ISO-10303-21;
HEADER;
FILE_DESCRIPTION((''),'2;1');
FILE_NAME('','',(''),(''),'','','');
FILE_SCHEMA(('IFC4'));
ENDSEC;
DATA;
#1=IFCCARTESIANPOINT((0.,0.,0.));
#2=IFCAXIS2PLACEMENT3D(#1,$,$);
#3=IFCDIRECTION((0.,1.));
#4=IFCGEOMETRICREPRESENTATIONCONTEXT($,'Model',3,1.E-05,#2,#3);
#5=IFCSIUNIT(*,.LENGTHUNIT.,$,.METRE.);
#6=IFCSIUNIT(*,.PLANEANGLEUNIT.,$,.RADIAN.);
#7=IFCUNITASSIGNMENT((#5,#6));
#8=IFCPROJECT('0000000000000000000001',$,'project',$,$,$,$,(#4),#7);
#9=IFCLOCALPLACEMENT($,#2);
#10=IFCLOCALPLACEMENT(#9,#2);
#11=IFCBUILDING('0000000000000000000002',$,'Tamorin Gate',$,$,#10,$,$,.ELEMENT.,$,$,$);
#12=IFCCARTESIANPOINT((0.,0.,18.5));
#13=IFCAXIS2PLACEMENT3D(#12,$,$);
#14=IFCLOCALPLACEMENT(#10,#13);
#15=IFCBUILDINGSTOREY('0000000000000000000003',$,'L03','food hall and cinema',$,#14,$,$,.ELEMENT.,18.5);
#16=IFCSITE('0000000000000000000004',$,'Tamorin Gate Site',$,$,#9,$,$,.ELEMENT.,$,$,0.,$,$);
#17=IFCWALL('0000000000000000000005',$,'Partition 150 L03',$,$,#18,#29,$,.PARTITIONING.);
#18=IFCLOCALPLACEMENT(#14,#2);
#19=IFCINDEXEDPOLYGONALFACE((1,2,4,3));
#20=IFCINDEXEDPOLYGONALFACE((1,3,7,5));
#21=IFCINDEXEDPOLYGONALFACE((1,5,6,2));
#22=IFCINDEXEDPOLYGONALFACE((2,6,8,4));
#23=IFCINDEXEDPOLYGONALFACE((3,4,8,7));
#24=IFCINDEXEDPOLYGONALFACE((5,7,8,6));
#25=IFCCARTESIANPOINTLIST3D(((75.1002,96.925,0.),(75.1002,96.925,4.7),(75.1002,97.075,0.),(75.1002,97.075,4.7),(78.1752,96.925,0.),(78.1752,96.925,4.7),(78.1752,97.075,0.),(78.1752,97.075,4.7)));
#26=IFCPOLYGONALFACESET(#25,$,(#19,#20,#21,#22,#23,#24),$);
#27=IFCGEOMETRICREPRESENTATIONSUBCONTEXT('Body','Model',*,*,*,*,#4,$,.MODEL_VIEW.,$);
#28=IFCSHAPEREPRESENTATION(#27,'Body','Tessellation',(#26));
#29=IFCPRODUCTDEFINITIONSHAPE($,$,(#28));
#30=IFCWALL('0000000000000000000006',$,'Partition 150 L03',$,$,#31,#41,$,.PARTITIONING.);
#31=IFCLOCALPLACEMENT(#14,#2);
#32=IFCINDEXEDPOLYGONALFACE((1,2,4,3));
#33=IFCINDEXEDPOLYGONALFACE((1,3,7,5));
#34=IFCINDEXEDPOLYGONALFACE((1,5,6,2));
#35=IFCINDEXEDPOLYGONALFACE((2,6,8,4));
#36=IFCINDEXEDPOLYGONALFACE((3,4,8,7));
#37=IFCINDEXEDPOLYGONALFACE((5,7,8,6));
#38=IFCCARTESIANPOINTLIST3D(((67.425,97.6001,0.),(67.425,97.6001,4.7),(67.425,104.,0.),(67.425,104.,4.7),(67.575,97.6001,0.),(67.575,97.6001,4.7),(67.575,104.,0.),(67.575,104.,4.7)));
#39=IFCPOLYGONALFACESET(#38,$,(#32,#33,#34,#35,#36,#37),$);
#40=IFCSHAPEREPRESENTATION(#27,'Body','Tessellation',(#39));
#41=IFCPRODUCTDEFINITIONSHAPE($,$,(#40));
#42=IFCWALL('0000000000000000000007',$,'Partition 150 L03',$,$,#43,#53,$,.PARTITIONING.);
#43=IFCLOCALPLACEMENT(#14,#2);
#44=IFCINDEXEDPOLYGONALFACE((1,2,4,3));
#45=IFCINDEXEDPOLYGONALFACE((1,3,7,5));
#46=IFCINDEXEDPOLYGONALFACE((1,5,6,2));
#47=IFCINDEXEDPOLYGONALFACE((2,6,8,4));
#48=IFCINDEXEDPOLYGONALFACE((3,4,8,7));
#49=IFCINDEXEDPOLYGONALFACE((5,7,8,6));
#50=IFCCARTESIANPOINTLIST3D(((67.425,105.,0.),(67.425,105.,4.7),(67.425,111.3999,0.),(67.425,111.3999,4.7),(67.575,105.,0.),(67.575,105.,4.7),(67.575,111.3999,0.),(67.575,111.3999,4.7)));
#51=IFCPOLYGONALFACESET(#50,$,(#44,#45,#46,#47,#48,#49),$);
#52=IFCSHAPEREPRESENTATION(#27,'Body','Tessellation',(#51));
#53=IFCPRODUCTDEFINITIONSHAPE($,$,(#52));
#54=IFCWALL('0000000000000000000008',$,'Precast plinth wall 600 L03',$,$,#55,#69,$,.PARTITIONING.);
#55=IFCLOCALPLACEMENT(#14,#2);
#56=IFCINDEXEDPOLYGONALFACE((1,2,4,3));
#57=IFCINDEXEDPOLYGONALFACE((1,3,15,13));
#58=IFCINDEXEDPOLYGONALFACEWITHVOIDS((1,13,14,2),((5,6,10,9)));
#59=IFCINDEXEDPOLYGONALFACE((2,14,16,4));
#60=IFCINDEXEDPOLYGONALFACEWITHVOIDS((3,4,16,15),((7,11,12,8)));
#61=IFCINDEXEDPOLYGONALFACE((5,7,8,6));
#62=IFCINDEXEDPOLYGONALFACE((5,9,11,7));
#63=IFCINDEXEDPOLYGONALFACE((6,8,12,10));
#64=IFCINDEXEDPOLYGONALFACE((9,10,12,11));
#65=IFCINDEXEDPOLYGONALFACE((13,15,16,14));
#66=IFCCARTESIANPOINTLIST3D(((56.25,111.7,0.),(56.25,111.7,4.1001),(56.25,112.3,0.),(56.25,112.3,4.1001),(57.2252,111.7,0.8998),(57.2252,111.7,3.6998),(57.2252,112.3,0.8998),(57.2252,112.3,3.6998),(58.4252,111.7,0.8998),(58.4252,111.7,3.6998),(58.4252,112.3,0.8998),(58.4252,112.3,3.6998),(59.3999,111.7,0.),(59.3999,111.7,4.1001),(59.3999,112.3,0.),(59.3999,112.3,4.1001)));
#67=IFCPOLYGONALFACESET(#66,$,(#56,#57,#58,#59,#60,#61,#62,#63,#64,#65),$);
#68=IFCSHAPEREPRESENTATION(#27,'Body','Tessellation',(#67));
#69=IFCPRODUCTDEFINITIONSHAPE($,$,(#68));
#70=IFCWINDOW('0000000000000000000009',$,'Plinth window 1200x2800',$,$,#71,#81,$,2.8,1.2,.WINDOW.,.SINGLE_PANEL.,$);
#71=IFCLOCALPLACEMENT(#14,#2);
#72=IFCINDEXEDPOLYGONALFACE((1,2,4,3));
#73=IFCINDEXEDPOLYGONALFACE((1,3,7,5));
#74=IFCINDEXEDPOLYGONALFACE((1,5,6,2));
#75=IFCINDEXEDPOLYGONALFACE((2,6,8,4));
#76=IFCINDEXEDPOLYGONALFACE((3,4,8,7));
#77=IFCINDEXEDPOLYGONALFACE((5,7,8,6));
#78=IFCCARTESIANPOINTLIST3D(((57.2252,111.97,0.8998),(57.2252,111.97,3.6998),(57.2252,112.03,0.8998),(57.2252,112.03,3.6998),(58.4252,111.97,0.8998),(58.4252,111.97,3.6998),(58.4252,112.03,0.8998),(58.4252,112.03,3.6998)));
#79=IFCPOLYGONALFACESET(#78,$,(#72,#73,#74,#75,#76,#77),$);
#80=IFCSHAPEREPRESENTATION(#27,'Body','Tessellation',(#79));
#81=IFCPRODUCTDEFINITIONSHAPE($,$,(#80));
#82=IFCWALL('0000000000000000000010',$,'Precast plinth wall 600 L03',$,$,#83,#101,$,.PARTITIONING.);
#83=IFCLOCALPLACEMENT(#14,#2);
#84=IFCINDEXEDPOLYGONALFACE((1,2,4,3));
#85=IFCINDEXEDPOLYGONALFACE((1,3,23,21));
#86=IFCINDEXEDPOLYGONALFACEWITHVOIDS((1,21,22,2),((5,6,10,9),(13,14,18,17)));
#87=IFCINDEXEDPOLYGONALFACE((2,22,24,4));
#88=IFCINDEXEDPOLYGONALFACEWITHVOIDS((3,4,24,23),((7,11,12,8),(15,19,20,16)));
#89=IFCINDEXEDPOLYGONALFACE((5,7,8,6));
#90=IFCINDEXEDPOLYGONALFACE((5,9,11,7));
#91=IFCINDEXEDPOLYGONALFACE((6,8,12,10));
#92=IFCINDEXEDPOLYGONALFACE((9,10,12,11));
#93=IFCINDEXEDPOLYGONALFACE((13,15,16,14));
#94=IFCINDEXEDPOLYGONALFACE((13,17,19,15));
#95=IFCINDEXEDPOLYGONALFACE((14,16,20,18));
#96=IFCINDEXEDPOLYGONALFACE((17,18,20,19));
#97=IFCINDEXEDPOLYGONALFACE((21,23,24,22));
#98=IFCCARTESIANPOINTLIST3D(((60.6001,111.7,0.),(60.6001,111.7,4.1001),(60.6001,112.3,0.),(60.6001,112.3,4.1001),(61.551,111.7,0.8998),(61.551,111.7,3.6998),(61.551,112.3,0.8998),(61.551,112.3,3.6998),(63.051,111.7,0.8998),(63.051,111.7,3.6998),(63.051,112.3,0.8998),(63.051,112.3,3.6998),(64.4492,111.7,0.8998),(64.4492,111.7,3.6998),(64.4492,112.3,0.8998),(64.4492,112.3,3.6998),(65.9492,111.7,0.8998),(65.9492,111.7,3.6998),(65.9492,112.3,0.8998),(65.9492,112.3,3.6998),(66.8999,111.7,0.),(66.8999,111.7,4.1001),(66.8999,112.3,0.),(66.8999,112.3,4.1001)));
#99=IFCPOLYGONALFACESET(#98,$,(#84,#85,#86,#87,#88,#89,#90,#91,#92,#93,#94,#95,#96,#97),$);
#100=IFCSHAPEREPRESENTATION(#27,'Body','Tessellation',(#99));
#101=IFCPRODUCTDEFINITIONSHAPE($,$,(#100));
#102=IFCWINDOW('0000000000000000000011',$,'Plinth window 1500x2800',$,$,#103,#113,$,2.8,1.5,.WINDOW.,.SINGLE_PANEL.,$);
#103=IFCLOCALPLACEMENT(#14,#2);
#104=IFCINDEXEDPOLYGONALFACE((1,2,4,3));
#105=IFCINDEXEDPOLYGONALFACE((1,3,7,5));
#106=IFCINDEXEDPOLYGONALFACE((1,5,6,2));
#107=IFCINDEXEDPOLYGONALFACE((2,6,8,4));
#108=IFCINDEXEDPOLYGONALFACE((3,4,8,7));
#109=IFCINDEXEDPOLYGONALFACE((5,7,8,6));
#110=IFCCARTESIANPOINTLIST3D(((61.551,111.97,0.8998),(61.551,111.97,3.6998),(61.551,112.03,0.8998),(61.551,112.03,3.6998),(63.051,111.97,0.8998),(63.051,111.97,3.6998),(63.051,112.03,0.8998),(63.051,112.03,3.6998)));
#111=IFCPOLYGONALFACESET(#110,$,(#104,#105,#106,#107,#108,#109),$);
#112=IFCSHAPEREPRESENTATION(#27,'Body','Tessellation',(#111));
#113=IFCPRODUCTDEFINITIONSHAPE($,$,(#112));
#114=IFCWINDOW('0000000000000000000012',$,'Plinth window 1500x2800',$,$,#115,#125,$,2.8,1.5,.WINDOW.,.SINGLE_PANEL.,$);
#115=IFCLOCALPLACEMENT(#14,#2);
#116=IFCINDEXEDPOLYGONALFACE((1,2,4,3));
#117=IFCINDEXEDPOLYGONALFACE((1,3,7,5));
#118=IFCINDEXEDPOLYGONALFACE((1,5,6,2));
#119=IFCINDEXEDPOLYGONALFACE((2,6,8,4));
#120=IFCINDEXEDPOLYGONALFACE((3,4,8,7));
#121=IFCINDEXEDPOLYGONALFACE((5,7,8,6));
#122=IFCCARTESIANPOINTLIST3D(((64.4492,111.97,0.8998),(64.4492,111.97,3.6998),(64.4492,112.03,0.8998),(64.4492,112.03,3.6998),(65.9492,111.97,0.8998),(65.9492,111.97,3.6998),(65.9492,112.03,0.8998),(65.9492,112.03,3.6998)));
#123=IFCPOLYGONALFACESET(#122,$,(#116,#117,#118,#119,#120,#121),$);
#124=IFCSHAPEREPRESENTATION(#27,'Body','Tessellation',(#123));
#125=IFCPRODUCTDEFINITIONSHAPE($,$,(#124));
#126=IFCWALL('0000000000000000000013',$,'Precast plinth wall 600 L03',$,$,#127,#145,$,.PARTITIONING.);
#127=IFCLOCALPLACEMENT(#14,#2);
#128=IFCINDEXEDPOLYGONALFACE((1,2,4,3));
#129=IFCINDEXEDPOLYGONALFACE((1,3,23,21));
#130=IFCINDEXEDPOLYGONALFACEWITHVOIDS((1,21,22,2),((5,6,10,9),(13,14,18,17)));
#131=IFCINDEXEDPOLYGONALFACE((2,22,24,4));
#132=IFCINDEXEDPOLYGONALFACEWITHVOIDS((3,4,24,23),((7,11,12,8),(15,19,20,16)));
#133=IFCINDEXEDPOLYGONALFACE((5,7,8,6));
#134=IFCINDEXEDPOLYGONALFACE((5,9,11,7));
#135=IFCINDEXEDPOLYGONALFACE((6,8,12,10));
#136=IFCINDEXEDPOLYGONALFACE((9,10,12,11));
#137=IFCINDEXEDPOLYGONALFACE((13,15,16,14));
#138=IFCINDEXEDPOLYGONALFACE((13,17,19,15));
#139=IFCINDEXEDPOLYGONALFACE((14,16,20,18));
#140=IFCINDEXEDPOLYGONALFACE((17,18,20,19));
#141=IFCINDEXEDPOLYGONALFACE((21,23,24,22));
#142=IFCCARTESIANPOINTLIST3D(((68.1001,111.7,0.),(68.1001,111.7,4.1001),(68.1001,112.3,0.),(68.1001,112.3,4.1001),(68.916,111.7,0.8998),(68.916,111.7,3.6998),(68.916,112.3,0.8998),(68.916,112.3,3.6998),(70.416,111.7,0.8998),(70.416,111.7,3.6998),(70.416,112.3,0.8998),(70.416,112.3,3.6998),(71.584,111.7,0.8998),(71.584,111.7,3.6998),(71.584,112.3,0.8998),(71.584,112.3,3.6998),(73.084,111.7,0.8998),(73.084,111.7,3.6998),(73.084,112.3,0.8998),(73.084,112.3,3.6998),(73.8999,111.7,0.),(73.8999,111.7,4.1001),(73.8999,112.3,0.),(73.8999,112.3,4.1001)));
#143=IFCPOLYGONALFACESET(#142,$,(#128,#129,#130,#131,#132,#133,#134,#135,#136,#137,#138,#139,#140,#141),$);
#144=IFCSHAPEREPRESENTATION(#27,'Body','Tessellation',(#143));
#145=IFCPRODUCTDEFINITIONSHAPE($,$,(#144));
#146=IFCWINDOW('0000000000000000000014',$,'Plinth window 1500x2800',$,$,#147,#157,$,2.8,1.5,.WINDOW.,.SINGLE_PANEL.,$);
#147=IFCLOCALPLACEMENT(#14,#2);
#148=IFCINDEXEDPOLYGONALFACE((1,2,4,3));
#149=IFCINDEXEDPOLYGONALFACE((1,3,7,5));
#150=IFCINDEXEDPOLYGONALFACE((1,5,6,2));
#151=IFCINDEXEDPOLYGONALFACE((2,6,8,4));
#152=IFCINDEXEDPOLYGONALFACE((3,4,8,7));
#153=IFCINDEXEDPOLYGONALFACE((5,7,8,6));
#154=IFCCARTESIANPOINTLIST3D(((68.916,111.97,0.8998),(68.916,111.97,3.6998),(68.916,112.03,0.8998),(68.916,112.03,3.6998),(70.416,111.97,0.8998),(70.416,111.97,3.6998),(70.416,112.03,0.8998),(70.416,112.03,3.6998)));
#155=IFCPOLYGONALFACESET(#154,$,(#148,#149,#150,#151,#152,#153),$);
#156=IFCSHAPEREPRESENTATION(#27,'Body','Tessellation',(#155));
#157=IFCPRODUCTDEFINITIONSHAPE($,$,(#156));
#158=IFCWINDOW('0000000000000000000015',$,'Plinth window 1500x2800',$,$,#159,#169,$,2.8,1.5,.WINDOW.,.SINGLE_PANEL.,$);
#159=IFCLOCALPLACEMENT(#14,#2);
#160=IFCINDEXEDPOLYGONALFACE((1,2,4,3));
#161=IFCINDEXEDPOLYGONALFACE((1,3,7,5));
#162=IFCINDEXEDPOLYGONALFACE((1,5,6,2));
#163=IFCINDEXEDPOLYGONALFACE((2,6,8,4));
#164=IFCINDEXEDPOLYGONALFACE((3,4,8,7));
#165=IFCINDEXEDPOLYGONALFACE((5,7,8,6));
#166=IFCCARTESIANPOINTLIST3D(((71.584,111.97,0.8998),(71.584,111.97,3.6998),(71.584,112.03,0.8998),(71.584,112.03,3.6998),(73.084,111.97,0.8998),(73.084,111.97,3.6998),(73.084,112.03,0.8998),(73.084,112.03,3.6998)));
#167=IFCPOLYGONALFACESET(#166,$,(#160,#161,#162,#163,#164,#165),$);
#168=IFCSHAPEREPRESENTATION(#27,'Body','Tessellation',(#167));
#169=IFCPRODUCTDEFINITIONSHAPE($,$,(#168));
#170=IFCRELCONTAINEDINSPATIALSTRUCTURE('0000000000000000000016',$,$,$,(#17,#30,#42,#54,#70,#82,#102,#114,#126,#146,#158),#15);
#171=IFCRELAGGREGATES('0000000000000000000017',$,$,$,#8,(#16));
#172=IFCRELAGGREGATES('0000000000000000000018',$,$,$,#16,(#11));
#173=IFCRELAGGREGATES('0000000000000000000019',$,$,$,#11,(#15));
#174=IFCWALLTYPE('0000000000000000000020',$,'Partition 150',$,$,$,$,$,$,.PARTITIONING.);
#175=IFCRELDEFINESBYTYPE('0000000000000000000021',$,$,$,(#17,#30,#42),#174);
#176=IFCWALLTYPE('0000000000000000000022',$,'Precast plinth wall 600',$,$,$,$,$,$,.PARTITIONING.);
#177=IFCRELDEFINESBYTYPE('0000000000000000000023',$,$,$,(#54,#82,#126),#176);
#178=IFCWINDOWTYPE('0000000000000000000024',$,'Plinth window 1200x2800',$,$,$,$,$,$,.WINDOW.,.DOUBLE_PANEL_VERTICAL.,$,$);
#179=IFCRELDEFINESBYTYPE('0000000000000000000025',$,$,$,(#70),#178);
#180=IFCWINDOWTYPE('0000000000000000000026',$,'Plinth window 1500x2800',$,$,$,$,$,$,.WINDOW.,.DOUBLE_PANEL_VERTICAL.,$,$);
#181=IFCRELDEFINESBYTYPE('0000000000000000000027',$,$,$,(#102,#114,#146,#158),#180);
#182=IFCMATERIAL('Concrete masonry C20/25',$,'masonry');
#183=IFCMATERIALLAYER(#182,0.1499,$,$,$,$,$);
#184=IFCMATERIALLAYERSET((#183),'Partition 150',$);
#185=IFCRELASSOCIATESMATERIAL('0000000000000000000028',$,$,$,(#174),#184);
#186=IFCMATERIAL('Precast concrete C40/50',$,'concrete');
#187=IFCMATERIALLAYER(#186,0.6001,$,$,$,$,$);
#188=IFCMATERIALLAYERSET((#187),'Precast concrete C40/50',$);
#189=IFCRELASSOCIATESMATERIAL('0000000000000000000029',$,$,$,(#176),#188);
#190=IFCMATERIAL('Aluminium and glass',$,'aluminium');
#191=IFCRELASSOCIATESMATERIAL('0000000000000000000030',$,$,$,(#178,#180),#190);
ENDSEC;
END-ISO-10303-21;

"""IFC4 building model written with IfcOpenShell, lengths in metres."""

from ifc_helpers import new_model, si_unit, direction, frame, frame_2d, origin, place, context, subcontext, project, spatial, rectangle, extrude, material, layer, layer_set, type_object, element, fill, save


model = new_model("IFC4")

# Units and contexts
model_context = context("Model", 3, precision=1e-05, world=origin(), true_north=direction((0.0, 1.0)))
body_context = subcontext(model_context, "Body", "Model", "MODEL_VIEW")
ifc_project = project(units=[si_unit("LENGTHUNIT", "METRE"), si_unit("PLANEANGLEUNIT", "RADIAN")], contexts=[model_context])

# Site, building, storey
site_placement = place(None, origin())
site = spatial("IfcSite", under=ifc_project, at=site_placement, Name="Tamorin Gate Site", CompositionType="ELEMENT", RefElevation=0.0)
building_placement = place(site_placement, origin())
building = spatial("IfcBuilding", under=site, at=building_placement, Name="Tamorin Gate", CompositionType="ELEMENT")
storey_placement = place(building_placement, frame((0.0, 0.0, 18.5)))
storey = spatial("IfcBuildingStorey", under=building, at=storey_placement, Name="L03", Description="food hall and cinema", CompositionType="ELEMENT", Elevation=18.5)

# Shared definitions
ifc_material_1 = material(Name="Concrete masonry C20/25", Category="masonry")
ifc_layer_1 = layer(ifc_material_1, 0.1499)
ifc_layer_set_1 = layer_set([ifc_layer_1], Name="Partition 150")
wall_type_1 = type_object("IfcWallType", Name="Partition 150", PredefinedType="PARTITIONING", material=ifc_layer_set_1)

# Walls
wall_1_placement = place(storey_placement, frame((75.1001, 97.0, 0.0), z_axis=(0.0, 0.0, 1.0), x_axis=(1.0, 0.0, 0.0)))
element("IfcWall", 1, at=wall_1_placement, inside=storey, type_object=wall_type_1, Name="Partition 150 L03", PredefinedType="PARTITIONING", context=body_context, shape_type="SweptSolid", body=[
    extrude(rectangle(XDim=3.075, YDim=0.1499, at=frame_2d((1.5376, 0.0))), origin(), (0.0, 0.0, 1.0), 4.7),
])
for number, where, z_axis, x_axis, name in (
    (2, (67.5, 97.6001, 0.0), (0.0, 0.0, 1.0), (0.0, 1.0, 0.0), "Partition 150 L03"),
    (3, (67.5, 105.0, 0.0), (0.0, 0.0, 1.0), (0.0, 1.0, 0.0), "Partition 150 L03"),
):
    element("IfcWall", number, at=place(storey_placement, frame(where, z_axis=z_axis, x_axis=x_axis)), inside=storey, type_object=wall_type_1, Name=name, PredefinedType="PARTITIONING", context=body_context, shape_type="SweptSolid", body=[
        extrude(rectangle(XDim=6.3999, YDim=0.1499, at=frame_2d((3.2, 0.0))), origin(), (0.0, 0.0, 1.0), 4.7),
    ])

# Wall, opening, window
ifc_material_2 = material(Name="Precast concrete C40/50", Category="concrete")
ifc_layer_2 = layer(ifc_material_2, 0.6001)
ifc_layer_set_2 = layer_set([ifc_layer_2], Name="Precast concrete C40/50")
wall_type_2 = type_object("IfcWallType", Name="Precast plinth wall 600", PredefinedType="PARTITIONING", material=ifc_layer_set_2)
wall_2_placement = place(storey_placement, frame((56.25, 112.0, 0.0), z_axis=(0.0, 0.0, 1.0), x_axis=(1.0, 0.0, 0.0)))
wall_2 = element("IfcWall", 4, at=wall_2_placement, inside=storey, type_object=wall_type_2, Name="Precast plinth wall 600 L03", PredefinedType="PARTITIONING", context=body_context, shape_type="SweptSolid", body=[
    extrude(rectangle(XDim=3.1499, YDim=0.6001, at=frame_2d((1.575, 0.0))), origin(), (0.0, 0.0, 1.0), 4.1001),
])
opening_1_placement = place(wall_2_placement, frame((0.9751, 0.0, 0.8999)))
opening_1 = element("IfcOpeningElement", 5, at=opening_1_placement, cuts=wall_2, PredefinedType="OPENING", context=body_context, shape_type="SweptSolid", body=[
    extrude(rectangle(XDim=1.2, YDim=2.8, at=frame_2d((0.6001, 1.3999))), frame((0.0, 0.3101, 0.0), z_axis=(0.0, -1.0, 0.0), x_axis=(1.0, 0.0, 0.0)), (0.0, 0.0, 1.0), 0.6201),
])
ifc_material_3 = material(Name="Aluminium and glass", Category="aluminium")
window_type_1 = type_object("IfcWindowType", Name="Plinth window 1200x2800", PartitioningType="DOUBLE_PANEL_VERTICAL", PredefinedType="WINDOW", material=ifc_material_3)
window_1_placement = place(opening_1_placement, origin())
window_1 = element("IfcWindow", 6, at=window_1_placement, inside=storey, type_object=window_type_1, Name="Plinth window 1200x2800", OverallHeight=2.8, OverallWidth=1.2, PartitioningType="SINGLE_PANEL", PredefinedType="WINDOW", context=body_context, shape_type="SweptSolid", body=[
    extrude(rectangle(XDim=1.2, YDim=2.8, at=frame_2d((0.6001, 1.3999))), frame((0.0, 0.03, 0.0), z_axis=(0.0, -1.0, 0.0), x_axis=(1.0, 0.0, 0.0)), (0.0, 0.0, 1.0), 0.0601),
])
fill(opening_1, window_1)

# Walls, openings, windows
wall_3_placement = place(storey_placement, frame((60.6001, 112.0, 0.0), z_axis=(0.0, 0.0, 1.0), x_axis=(1.0, 0.0, 0.0)))
wall_3 = element("IfcWall", 7, at=wall_3_placement, inside=storey, type_object=wall_type_2, Name="Precast plinth wall 600 L03", PredefinedType="PARTITIONING", context=body_context, shape_type="SweptSolid", body=[
    extrude(rectangle(XDim=6.2998, YDim=0.6001, at=frame_2d((3.1499, 0.0))), origin(), (0.0, 0.0, 1.0), 4.1001),
])
opening_2_placement = place(wall_3_placement, frame((0.9509, 0.0, 0.8999)))
opening_2 = element("IfcOpeningElement", 8, at=opening_2_placement, cuts=wall_3, PredefinedType="OPENING", context=body_context, shape_type="SweptSolid", body=[
    extrude(rectangle(XDim=1.5, YDim=2.8, at=frame_2d((0.75, 1.3999))), frame((0.0, 0.3101, 0.0), z_axis=(0.0, -1.0, 0.0), x_axis=(1.0, 0.0, 0.0)), (0.0, 0.0, 1.0), 0.6201),
])
opening_3_placement = place(wall_3_placement, frame((3.8491, 0.0, 0.8999)))
opening_3 = element("IfcOpeningElement", 9, at=opening_3_placement, cuts=wall_3, PredefinedType="OPENING", context=body_context, shape_type="SweptSolid", body=[
    extrude(rectangle(XDim=1.5, YDim=2.8, at=frame_2d((0.75, 1.3999))), frame((0.0, 0.3101, 0.0), z_axis=(0.0, -1.0, 0.0), x_axis=(1.0, 0.0, 0.0)), (0.0, 0.0, 1.0), 0.6201),
])
window_type_2 = type_object("IfcWindowType", Name="Plinth window 1500x2800", PartitioningType="DOUBLE_PANEL_VERTICAL", PredefinedType="WINDOW", material=ifc_material_3)
window_2_placement = place(opening_2_placement, origin())
window_2 = element("IfcWindow", 10, at=window_2_placement, inside=storey, type_object=window_type_2, Name="Plinth window 1500x2800", OverallHeight=2.8, OverallWidth=1.5, PartitioningType="SINGLE_PANEL", PredefinedType="WINDOW", context=body_context, shape_type="SweptSolid", body=[
    extrude(rectangle(XDim=1.5, YDim=2.8, at=frame_2d((0.75, 1.3999))), frame((0.0, 0.03, 0.0), z_axis=(0.0, -1.0, 0.0), x_axis=(1.0, 0.0, 0.0)), (0.0, 0.0, 1.0), 0.0601),
])
fill(opening_2, window_2)
window_3_placement = place(opening_3_placement, origin())
window_3 = element("IfcWindow", 11, at=window_3_placement, inside=storey, type_object=window_type_2, Name="Plinth window 1500x2800", OverallHeight=2.8, OverallWidth=1.5, PartitioningType="SINGLE_PANEL", PredefinedType="WINDOW", context=body_context, shape_type="SweptSolid", body=[
    extrude(rectangle(XDim=1.5, YDim=2.8, at=frame_2d((0.75, 1.3999))), frame((0.0, 0.03, 0.0), z_axis=(0.0, -1.0, 0.0), x_axis=(1.0, 0.0, 0.0)), (0.0, 0.0, 1.0), 0.0601),
])
fill(opening_3, window_3)
wall_4_placement = place(storey_placement, frame((68.1001, 112.0, 0.0), z_axis=(0.0, 0.0, 1.0), x_axis=(1.0, 0.0, 0.0)))
wall_4 = element("IfcWall", 12, at=wall_4_placement, inside=storey, type_object=wall_type_2, Name="Precast plinth wall 600 L03", PredefinedType="PARTITIONING", context=body_context, shape_type="SweptSolid", body=[
    extrude(rectangle(XDim=5.7998, YDim=0.6001, at=frame_2d((2.8999, 0.0))), origin(), (0.0, 0.0, 1.0), 4.1001),
])
opening_4_placement = place(wall_4_placement, frame((0.8159, 0.0, 0.8999)))
opening_4 = element("IfcOpeningElement", 13, at=opening_4_placement, cuts=wall_4, PredefinedType="OPENING", context=body_context, shape_type="SweptSolid", body=[
    extrude(rectangle(XDim=1.5, YDim=2.8, at=frame_2d((0.75, 1.3999))), frame((0.0, 0.3101, 0.0), z_axis=(0.0, -1.0, 0.0), x_axis=(1.0, 0.0, 0.0)), (0.0, 0.0, 1.0), 0.6201),
])
opening_5_placement = place(wall_4_placement, frame((3.4839, 0.0, 0.8999)))
opening_5 = element("IfcOpeningElement", 14, at=opening_5_placement, cuts=wall_4, PredefinedType="OPENING", context=body_context, shape_type="SweptSolid", body=[
    extrude(rectangle(XDim=1.5, YDim=2.8, at=frame_2d((0.75, 1.3999))), frame((0.0, 0.3101, 0.0), z_axis=(0.0, -1.0, 0.0), x_axis=(1.0, 0.0, 0.0)), (0.0, 0.0, 1.0), 0.6201),
])
window_4_placement = place(opening_4_placement, origin())
window_4 = element("IfcWindow", 15, at=window_4_placement, inside=storey, type_object=window_type_2, Name="Plinth window 1500x2800", OverallHeight=2.8, OverallWidth=1.5, PartitioningType="SINGLE_PANEL", PredefinedType="WINDOW", context=body_context, shape_type="SweptSolid", body=[
    extrude(rectangle(XDim=1.5, YDim=2.8, at=frame_2d((0.75, 1.3999))), frame((0.0, 0.03, 0.0), z_axis=(0.0, -1.0, 0.0), x_axis=(1.0, 0.0, 0.0)), (0.0, 0.0, 1.0), 0.0601),
])
fill(opening_4, window_4)
window_5_placement = place(opening_5_placement, origin())
window_5 = element("IfcWindow", 16, at=window_5_placement, inside=storey, type_object=window_type_2, Name="Plinth window 1500x2800", OverallHeight=2.8, OverallWidth=1.5, PartitioningType="SINGLE_PANEL", PredefinedType="WINDOW", context=body_context, shape_type="SweptSolid", body=[
    extrude(rectangle(XDim=1.5, YDim=2.8, at=frame_2d((0.75, 1.3999))), frame((0.0, 0.03, 0.0), z_axis=(0.0, -1.0, 0.0), x_axis=(1.0, 0.0, 0.0)), (0.0, 0.0, 1.0), 0.0601),
])
fill(opening_5, window_5)

save(model, "model.ifc")
